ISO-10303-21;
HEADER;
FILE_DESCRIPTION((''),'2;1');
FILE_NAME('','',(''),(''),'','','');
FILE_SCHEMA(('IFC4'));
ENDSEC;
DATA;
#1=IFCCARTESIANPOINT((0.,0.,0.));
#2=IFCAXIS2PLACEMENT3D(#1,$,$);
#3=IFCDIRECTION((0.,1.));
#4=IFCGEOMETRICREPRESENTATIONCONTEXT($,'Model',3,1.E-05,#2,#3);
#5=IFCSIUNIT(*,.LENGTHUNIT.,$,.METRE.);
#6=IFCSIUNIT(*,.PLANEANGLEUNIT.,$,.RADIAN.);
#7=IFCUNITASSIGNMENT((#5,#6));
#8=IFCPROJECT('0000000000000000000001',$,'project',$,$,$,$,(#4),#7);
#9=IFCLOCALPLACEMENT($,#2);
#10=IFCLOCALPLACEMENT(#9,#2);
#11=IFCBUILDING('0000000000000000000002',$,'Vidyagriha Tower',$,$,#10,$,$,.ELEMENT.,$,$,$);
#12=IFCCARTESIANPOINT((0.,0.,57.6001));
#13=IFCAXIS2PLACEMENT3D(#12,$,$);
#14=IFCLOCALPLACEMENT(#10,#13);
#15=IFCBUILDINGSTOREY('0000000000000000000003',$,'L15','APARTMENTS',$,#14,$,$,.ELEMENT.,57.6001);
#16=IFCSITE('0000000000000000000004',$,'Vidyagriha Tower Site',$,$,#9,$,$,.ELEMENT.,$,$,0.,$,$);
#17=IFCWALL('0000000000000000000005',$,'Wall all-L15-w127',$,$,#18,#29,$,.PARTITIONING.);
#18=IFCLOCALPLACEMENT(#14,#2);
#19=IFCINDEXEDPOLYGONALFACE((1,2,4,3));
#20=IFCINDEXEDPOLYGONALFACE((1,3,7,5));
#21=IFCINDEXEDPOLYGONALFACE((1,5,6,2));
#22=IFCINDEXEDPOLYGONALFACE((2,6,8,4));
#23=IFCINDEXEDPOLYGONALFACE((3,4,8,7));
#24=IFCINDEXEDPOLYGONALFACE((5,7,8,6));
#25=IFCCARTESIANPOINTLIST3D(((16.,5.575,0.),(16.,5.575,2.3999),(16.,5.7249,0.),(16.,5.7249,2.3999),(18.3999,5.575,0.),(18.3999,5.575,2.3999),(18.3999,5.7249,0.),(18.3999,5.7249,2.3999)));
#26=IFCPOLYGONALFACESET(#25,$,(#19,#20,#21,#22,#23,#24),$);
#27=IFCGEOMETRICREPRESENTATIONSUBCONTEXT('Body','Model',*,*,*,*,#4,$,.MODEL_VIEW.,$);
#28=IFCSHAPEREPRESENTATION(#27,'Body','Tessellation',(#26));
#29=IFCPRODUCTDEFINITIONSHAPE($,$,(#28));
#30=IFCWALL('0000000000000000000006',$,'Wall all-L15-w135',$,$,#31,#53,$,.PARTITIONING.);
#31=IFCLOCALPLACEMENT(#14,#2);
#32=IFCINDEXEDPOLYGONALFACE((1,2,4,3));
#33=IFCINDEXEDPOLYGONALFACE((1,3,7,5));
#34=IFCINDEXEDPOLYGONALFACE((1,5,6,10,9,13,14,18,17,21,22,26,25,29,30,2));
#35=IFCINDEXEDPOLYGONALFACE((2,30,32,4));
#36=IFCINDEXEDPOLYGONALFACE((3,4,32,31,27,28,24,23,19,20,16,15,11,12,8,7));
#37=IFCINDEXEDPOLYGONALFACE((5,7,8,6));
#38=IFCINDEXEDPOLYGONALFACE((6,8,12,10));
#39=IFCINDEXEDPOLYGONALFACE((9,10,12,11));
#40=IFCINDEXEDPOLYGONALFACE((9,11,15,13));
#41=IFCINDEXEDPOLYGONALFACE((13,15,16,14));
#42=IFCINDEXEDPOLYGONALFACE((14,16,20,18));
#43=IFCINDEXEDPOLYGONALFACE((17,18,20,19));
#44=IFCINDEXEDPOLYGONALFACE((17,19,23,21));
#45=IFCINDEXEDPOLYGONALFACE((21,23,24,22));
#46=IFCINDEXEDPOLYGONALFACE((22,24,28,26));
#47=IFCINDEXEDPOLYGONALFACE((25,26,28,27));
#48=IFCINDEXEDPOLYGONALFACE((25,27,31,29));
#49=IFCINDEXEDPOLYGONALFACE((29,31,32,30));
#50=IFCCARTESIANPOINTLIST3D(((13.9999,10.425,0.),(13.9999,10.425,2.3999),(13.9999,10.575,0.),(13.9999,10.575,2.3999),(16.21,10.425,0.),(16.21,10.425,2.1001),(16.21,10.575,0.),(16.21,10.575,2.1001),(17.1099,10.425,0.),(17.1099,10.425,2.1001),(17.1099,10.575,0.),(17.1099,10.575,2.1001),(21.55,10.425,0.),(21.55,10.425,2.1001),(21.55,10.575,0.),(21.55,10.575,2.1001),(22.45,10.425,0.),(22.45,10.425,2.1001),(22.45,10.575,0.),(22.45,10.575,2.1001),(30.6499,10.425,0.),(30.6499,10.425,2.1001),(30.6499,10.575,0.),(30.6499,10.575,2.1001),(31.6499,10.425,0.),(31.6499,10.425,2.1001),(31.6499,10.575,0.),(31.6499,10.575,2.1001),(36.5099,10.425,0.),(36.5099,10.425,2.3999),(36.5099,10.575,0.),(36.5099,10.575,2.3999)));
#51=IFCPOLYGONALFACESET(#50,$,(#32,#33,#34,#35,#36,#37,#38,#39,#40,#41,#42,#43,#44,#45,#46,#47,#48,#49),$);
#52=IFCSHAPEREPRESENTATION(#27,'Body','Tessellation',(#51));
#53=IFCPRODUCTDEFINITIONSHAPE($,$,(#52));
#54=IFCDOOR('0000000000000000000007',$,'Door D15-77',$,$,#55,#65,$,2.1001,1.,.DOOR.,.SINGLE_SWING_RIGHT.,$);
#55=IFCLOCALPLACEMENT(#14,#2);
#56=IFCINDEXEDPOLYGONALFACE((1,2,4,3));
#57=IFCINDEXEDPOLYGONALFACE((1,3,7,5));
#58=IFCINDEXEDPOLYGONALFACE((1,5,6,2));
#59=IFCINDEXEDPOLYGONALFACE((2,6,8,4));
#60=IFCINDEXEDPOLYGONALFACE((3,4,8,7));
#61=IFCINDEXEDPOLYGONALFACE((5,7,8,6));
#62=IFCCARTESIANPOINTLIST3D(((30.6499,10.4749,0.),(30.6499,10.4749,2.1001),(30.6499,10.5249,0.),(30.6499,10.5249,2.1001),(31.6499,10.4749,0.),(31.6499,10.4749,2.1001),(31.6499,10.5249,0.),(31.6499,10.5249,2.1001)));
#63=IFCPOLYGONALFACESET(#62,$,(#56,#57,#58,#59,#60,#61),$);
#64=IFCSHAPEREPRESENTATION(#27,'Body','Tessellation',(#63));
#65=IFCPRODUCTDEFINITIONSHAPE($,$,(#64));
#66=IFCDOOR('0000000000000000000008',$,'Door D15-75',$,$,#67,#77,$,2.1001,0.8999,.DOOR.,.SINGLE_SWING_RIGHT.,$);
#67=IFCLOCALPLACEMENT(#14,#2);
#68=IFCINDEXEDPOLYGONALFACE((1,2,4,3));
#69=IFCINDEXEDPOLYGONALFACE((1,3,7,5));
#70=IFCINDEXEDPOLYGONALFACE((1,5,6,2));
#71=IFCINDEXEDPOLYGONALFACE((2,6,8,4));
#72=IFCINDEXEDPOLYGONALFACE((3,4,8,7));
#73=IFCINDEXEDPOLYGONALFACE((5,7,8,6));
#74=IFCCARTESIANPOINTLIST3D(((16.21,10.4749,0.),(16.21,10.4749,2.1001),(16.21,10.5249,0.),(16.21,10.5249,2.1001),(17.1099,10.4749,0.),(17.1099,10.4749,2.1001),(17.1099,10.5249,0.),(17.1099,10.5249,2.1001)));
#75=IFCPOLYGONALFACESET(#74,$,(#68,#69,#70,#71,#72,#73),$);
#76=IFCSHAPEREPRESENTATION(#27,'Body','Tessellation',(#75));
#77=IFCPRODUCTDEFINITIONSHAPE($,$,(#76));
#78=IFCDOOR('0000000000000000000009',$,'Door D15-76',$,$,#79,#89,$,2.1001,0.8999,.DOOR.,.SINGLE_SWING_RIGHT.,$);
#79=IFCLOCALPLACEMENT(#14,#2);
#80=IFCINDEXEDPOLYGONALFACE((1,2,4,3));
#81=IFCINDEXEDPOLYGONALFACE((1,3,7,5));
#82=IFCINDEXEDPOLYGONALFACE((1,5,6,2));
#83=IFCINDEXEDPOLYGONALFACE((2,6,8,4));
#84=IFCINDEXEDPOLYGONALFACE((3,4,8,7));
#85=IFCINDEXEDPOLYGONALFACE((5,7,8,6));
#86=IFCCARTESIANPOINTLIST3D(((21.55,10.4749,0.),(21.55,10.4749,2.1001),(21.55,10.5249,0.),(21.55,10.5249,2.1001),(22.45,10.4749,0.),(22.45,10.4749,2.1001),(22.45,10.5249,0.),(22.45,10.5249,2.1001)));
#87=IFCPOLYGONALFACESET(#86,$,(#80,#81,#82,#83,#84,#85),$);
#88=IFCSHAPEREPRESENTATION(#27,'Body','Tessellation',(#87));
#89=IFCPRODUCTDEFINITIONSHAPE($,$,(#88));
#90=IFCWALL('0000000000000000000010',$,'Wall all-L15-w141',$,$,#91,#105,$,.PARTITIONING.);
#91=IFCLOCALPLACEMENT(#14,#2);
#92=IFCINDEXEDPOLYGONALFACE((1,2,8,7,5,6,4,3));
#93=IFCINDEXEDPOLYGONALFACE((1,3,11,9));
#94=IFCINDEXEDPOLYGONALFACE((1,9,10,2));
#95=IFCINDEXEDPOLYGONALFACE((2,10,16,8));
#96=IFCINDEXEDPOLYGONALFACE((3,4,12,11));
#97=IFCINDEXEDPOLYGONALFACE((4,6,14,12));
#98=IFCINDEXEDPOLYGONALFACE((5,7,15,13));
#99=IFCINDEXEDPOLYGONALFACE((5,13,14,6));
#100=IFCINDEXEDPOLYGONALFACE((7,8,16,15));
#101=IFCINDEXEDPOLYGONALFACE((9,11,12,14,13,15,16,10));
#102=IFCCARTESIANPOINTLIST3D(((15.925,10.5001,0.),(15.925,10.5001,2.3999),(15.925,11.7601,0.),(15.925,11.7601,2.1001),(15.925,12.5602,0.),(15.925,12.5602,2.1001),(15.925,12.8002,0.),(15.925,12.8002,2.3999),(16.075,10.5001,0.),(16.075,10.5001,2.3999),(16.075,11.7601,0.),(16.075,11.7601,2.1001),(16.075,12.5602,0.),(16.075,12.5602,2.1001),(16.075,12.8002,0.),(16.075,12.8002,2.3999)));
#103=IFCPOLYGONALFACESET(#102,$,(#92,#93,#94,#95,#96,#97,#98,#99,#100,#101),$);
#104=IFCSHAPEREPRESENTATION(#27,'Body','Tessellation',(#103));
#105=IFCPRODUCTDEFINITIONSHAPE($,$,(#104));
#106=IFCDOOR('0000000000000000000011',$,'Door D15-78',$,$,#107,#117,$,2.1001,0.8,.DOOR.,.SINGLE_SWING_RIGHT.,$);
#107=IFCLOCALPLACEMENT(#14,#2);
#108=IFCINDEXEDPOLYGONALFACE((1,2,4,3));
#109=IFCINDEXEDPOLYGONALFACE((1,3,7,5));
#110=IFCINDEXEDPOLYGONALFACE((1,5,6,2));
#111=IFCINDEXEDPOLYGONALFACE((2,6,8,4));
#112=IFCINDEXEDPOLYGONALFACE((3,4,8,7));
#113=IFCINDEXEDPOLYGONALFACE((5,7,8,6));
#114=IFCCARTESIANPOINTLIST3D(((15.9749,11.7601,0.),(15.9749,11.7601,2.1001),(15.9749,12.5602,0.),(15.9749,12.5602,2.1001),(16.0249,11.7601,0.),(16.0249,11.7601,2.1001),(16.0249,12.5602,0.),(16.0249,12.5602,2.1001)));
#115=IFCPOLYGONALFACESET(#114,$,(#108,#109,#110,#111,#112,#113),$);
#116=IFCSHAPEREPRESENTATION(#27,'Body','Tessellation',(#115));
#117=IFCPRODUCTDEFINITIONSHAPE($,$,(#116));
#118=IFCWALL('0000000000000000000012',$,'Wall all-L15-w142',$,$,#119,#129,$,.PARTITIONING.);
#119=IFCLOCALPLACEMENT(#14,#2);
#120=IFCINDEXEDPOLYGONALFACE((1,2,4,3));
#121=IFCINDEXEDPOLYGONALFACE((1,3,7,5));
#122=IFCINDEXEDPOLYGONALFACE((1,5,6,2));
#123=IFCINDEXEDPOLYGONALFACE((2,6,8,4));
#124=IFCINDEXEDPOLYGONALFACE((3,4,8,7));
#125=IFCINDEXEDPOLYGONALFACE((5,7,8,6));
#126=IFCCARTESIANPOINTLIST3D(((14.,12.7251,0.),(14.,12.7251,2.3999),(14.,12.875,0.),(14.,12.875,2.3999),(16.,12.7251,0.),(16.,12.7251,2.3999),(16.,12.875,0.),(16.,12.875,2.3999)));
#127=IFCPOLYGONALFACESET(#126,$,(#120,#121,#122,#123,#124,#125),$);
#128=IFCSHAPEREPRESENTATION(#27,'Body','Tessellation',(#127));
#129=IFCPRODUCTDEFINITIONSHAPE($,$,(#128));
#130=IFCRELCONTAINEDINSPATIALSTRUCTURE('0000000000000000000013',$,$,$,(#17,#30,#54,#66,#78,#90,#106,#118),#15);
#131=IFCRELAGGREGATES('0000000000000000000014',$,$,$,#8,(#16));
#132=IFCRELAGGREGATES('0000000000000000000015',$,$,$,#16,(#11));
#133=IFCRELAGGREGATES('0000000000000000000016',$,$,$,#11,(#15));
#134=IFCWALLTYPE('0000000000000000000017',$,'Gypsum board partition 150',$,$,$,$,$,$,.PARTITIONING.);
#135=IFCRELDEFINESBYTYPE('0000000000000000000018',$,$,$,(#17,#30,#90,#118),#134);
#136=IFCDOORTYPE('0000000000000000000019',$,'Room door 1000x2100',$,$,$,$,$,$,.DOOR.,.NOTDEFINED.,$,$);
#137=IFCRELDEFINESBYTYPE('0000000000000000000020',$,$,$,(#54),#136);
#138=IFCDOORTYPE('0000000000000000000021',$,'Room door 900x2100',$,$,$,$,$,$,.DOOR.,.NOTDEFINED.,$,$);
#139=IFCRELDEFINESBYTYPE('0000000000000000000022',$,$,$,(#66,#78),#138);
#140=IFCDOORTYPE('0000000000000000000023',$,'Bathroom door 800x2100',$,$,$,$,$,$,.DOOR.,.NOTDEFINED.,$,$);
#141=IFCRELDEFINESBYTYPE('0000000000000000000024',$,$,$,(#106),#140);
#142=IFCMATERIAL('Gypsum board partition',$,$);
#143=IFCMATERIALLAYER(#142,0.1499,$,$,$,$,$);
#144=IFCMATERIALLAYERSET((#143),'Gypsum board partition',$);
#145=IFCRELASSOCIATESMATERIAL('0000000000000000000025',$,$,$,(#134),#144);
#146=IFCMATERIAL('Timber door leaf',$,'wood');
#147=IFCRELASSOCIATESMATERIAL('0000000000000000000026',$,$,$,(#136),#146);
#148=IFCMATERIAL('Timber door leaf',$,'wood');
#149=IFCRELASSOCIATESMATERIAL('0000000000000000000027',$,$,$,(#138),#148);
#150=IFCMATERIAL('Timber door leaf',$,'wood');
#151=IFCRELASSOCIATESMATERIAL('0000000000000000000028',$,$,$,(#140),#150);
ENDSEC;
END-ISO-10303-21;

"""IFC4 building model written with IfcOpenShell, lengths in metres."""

from ifc_helpers import new_model, si_unit, direction, frame, frame_2d, origin, place, context, subcontext, project, spatial, rectangle, extrude, material, layer, layer_set, type_object, element, fill, save


model = new_model("IFC4")

# Units and contexts
model_context = context("Model", 3, precision=1e-05, world=origin(), true_north=direction((0.0, 1.0)))
body_context = subcontext(model_context, "Body", "Model", "MODEL_VIEW")
ifc_project = project(units=[si_unit("LENGTHUNIT", "METRE"), si_unit("PLANEANGLEUNIT", "RADIAN")], contexts=[model_context])

# Site, building, storey
site_placement = place(None, origin())
site = spatial("IfcSite", under=ifc_project, at=site_placement, Name="Vidyagriha Tower Site", CompositionType="ELEMENT", RefElevation=0.0)
building_placement = place(site_placement, origin())
building = spatial("IfcBuilding", under=site, at=building_placement, Name="Vidyagriha Tower", CompositionType="ELEMENT")
storey_placement = place(building_placement, frame((0.0, 0.0, 57.6001)))
storey = spatial("IfcBuildingStorey", under=building, at=storey_placement, Name="L15", Description="APARTMENTS", CompositionType="ELEMENT", Elevation=57.6001)

# Wall
ifc_material_1 = material(Name="Gypsum board partition")
ifc_layer_1 = layer(ifc_material_1, 0.1499)
ifc_layer_set_1 = layer_set([ifc_layer_1], Name="Gypsum board partition")
wall_type_1 = type_object("IfcWallType", Name="Gypsum board partition 150", PredefinedType="PARTITIONING", material=ifc_layer_set_1)
wall_1_placement = place(storey_placement, frame((16.0, 5.6499, 0.0)))
element("IfcWall", 1, at=wall_1_placement, inside=storey, type_object=wall_type_1, Name="Wall all-L15-w127", PredefinedType="PARTITIONING", context=body_context, shape_type="SweptSolid", body=[
    extrude(rectangle(XDim=2.3999, YDim=0.1499, at=frame_2d((1.2, 0.0))), origin(), (0.0, 0.0, 1.0), 2.3999),
])

# Wall, openings, doors
wall_2_placement = place(storey_placement, frame((14.0, 10.5, 0.0)))
wall_2 = element("IfcWall", 2, at=wall_2_placement, inside=storey, type_object=wall_type_1, Name="Wall all-L15-w135", PredefinedType="PARTITIONING", context=body_context, shape_type="SweptSolid", body=[
    extrude(rectangle(XDim=22.51, YDim=0.1499, at=frame_2d((11.2549, 0.0))), origin(), (0.0, 0.0, 1.0), 2.3999),
])
opening_1_placement = place(wall_2_placement, frame((2.21, 0.0, 0.0)))
opening_1 = element("IfcOpeningElement", 3, at=opening_1_placement, cuts=wall_2, PredefinedType="OPENING", context=body_context, shape_type="SweptSolid", body=[
    extrude(rectangle(XDim=0.8999, YDim=2.1001, at=frame_2d((0.45, 1.05))), frame((0.0, 0.085, 0.0), z_axis=(0.0, -1.0, 0.0), x_axis=(1.0, 0.0, 0.0)), (0.0, 0.0, 1.0), 0.1699),
])
opening_2_placement = place(wall_2_placement, frame((7.55, 0.0, 0.0)))
opening_2 = element("IfcOpeningElement", 4, at=opening_2_placement, cuts=wall_2, PredefinedType="OPENING", context=body_context, shape_type="SweptSolid", body=[
    extrude(rectangle(XDim=0.8999, YDim=2.1001, at=frame_2d((0.45, 1.05))), frame((0.0, 0.085, 0.0), z_axis=(0.0, -1.0, 0.0), x_axis=(1.0, 0.0, 0.0)), (0.0, 0.0, 1.0), 0.1699),
])
opening_3_placement = place(wall_2_placement, frame((16.6499, 0.0, 0.0)))
opening_3 = element("IfcOpeningElement", 5, at=opening_3_placement, cuts=wall_2, PredefinedType="OPENING", context=body_context, shape_type="SweptSolid", body=[
    extrude(rectangle(XDim=1.0, YDim=2.1001, at=frame_2d((0.5, 1.05))), frame((0.0, 0.085, 0.0), z_axis=(0.0, -1.0, 0.0), x_axis=(1.0, 0.0, 0.0)), (0.0, 0.0, 1.0), 0.1699),
])
ifc_material_2 = material(Name="Timber door leaf", Category="wood")
door_type_1 = type_object("IfcDoorType", Name="Room door 1000x2100", OperationType="NOTDEFINED", PredefinedType="DOOR", material=ifc_material_2)
door_1_placement = place(opening_3_placement, origin())
door_1 = element("IfcDoor", 6, at=door_1_placement, inside=storey, type_object=door_type_1, Name="Door D15-77", OperationType="SINGLE_SWING_RIGHT", OverallHeight=2.1001, OverallWidth=1.0, PredefinedType="DOOR", context=body_context, shape_type="SweptSolid", body=[
    extrude(rectangle(XDim=1.0, YDim=2.1001, at=frame_2d((0.5, 1.05))), frame((0.0, 0.0249, 0.0), z_axis=(0.0, -1.0, 0.0), x_axis=(1.0, 0.0, 0.0)), (0.0, 0.0, 1.0), 0.05),
])
fill(opening_3, door_1)
ifc_material_3 = material(Name="Timber door leaf", Category="wood")
door_type_2 = type_object("IfcDoorType", Name="Room door 900x2100", OperationType="NOTDEFINED", PredefinedType="DOOR", material=ifc_material_3)
door_2_placement = place(opening_1_placement, origin())
door_2 = element("IfcDoor", 7, at=door_2_placement, inside=storey, type_object=door_type_2, Name="Door D15-75", OperationType="SINGLE_SWING_RIGHT", OverallHeight=2.1001, OverallWidth=0.8999, PredefinedType="DOOR", context=body_context, shape_type="SweptSolid", body=[
    extrude(rectangle(XDim=0.8999, YDim=2.1001, at=frame_2d((0.45, 1.05))), frame((0.0, 0.0249, 0.0), z_axis=(0.0, -1.0, 0.0), x_axis=(1.0, 0.0, 0.0)), (0.0, 0.0, 1.0), 0.05),
])
fill(opening_1, door_2)
door_3_placement = place(opening_2_placement, origin())
door_3 = element("IfcDoor", 8, at=door_3_placement, inside=storey, type_object=door_type_2, Name="Door D15-76", OperationType="SINGLE_SWING_RIGHT", OverallHeight=2.1001, OverallWidth=0.8999, PredefinedType="DOOR", context=body_context, shape_type="SweptSolid", body=[
    extrude(rectangle(XDim=0.8999, YDim=2.1001, at=frame_2d((0.45, 1.05))), frame((0.0, 0.0249, 0.0), z_axis=(0.0, -1.0, 0.0), x_axis=(1.0, 0.0, 0.0)), (0.0, 0.0, 1.0), 0.05),
])
fill(opening_2, door_3)

# Wall, opening, door
wall_3_placement = place(storey_placement, frame((16.0, 12.8, 0.0), z_axis=(0.0, 0.0, 1.0), x_axis=(0.0, -1.0, 0.0)))
wall_3 = element("IfcWall", 9, at=wall_3_placement, inside=storey, type_object=wall_type_1, Name="Wall all-L15-w141", PredefinedType="PARTITIONING", context=body_context, shape_type="SweptSolid", body=[
    extrude(rectangle(XDim=2.3, YDim=0.1499, at=frame_2d((1.1499, 0.0))), origin(), (0.0, 0.0, 1.0), 2.3999),
])
opening_4_placement = place(wall_3_placement, frame((0.24, 0.0, 0.0)))
opening_4 = element("IfcOpeningElement", 10, at=opening_4_placement, cuts=wall_3, PredefinedType="OPENING", context=body_context, shape_type="SweptSolid", body=[
    extrude(rectangle(XDim=0.8, YDim=2.1001, at=frame_2d((0.3999, 1.05))), frame((0.0, 0.085, 0.0), z_axis=(0.0, -1.0, 0.0), x_axis=(1.0, 0.0, 0.0)), (0.0, 0.0, 1.0), 0.1699),
])
ifc_material_4 = material(Name="Timber door leaf", Category="wood")
door_type_3 = type_object("IfcDoorType", Name="Bathroom door 800x2100", OperationType="NOTDEFINED", PredefinedType="DOOR", material=ifc_material_4)
door_4_placement = place(opening_4_placement, origin())
door_4 = element("IfcDoor", 11, at=door_4_placement, inside=storey, type_object=door_type_3, Name="Door D15-78", OperationType="SINGLE_SWING_RIGHT", OverallHeight=2.1001, OverallWidth=0.8, PredefinedType="DOOR", context=body_context, shape_type="SweptSolid", body=[
    extrude(rectangle(XDim=0.8, YDim=2.1001, at=frame_2d((0.3999, 1.05))), frame((0.0, 0.0249, 0.0), z_axis=(0.0, -1.0, 0.0), x_axis=(1.0, 0.0, 0.0)), (0.0, 0.0, 1.0), 0.05),
])
fill(opening_4, door_4)

# Wall
wall_4_placement = place(storey_placement, frame((14.0, 12.8, 0.0)))
element("IfcWall", 12, at=wall_4_placement, inside=storey, type_object=wall_type_1, Name="Wall all-L15-w142", PredefinedType="PARTITIONING", context=body_context, shape_type="SweptSolid", body=[
    extrude(rectangle(XDim=2.0, YDim=0.1499, at=frame_2d((1.0, 0.0))), origin(), (0.0, 0.0, 1.0), 2.3999),
])

save(model, "model.ifc")
